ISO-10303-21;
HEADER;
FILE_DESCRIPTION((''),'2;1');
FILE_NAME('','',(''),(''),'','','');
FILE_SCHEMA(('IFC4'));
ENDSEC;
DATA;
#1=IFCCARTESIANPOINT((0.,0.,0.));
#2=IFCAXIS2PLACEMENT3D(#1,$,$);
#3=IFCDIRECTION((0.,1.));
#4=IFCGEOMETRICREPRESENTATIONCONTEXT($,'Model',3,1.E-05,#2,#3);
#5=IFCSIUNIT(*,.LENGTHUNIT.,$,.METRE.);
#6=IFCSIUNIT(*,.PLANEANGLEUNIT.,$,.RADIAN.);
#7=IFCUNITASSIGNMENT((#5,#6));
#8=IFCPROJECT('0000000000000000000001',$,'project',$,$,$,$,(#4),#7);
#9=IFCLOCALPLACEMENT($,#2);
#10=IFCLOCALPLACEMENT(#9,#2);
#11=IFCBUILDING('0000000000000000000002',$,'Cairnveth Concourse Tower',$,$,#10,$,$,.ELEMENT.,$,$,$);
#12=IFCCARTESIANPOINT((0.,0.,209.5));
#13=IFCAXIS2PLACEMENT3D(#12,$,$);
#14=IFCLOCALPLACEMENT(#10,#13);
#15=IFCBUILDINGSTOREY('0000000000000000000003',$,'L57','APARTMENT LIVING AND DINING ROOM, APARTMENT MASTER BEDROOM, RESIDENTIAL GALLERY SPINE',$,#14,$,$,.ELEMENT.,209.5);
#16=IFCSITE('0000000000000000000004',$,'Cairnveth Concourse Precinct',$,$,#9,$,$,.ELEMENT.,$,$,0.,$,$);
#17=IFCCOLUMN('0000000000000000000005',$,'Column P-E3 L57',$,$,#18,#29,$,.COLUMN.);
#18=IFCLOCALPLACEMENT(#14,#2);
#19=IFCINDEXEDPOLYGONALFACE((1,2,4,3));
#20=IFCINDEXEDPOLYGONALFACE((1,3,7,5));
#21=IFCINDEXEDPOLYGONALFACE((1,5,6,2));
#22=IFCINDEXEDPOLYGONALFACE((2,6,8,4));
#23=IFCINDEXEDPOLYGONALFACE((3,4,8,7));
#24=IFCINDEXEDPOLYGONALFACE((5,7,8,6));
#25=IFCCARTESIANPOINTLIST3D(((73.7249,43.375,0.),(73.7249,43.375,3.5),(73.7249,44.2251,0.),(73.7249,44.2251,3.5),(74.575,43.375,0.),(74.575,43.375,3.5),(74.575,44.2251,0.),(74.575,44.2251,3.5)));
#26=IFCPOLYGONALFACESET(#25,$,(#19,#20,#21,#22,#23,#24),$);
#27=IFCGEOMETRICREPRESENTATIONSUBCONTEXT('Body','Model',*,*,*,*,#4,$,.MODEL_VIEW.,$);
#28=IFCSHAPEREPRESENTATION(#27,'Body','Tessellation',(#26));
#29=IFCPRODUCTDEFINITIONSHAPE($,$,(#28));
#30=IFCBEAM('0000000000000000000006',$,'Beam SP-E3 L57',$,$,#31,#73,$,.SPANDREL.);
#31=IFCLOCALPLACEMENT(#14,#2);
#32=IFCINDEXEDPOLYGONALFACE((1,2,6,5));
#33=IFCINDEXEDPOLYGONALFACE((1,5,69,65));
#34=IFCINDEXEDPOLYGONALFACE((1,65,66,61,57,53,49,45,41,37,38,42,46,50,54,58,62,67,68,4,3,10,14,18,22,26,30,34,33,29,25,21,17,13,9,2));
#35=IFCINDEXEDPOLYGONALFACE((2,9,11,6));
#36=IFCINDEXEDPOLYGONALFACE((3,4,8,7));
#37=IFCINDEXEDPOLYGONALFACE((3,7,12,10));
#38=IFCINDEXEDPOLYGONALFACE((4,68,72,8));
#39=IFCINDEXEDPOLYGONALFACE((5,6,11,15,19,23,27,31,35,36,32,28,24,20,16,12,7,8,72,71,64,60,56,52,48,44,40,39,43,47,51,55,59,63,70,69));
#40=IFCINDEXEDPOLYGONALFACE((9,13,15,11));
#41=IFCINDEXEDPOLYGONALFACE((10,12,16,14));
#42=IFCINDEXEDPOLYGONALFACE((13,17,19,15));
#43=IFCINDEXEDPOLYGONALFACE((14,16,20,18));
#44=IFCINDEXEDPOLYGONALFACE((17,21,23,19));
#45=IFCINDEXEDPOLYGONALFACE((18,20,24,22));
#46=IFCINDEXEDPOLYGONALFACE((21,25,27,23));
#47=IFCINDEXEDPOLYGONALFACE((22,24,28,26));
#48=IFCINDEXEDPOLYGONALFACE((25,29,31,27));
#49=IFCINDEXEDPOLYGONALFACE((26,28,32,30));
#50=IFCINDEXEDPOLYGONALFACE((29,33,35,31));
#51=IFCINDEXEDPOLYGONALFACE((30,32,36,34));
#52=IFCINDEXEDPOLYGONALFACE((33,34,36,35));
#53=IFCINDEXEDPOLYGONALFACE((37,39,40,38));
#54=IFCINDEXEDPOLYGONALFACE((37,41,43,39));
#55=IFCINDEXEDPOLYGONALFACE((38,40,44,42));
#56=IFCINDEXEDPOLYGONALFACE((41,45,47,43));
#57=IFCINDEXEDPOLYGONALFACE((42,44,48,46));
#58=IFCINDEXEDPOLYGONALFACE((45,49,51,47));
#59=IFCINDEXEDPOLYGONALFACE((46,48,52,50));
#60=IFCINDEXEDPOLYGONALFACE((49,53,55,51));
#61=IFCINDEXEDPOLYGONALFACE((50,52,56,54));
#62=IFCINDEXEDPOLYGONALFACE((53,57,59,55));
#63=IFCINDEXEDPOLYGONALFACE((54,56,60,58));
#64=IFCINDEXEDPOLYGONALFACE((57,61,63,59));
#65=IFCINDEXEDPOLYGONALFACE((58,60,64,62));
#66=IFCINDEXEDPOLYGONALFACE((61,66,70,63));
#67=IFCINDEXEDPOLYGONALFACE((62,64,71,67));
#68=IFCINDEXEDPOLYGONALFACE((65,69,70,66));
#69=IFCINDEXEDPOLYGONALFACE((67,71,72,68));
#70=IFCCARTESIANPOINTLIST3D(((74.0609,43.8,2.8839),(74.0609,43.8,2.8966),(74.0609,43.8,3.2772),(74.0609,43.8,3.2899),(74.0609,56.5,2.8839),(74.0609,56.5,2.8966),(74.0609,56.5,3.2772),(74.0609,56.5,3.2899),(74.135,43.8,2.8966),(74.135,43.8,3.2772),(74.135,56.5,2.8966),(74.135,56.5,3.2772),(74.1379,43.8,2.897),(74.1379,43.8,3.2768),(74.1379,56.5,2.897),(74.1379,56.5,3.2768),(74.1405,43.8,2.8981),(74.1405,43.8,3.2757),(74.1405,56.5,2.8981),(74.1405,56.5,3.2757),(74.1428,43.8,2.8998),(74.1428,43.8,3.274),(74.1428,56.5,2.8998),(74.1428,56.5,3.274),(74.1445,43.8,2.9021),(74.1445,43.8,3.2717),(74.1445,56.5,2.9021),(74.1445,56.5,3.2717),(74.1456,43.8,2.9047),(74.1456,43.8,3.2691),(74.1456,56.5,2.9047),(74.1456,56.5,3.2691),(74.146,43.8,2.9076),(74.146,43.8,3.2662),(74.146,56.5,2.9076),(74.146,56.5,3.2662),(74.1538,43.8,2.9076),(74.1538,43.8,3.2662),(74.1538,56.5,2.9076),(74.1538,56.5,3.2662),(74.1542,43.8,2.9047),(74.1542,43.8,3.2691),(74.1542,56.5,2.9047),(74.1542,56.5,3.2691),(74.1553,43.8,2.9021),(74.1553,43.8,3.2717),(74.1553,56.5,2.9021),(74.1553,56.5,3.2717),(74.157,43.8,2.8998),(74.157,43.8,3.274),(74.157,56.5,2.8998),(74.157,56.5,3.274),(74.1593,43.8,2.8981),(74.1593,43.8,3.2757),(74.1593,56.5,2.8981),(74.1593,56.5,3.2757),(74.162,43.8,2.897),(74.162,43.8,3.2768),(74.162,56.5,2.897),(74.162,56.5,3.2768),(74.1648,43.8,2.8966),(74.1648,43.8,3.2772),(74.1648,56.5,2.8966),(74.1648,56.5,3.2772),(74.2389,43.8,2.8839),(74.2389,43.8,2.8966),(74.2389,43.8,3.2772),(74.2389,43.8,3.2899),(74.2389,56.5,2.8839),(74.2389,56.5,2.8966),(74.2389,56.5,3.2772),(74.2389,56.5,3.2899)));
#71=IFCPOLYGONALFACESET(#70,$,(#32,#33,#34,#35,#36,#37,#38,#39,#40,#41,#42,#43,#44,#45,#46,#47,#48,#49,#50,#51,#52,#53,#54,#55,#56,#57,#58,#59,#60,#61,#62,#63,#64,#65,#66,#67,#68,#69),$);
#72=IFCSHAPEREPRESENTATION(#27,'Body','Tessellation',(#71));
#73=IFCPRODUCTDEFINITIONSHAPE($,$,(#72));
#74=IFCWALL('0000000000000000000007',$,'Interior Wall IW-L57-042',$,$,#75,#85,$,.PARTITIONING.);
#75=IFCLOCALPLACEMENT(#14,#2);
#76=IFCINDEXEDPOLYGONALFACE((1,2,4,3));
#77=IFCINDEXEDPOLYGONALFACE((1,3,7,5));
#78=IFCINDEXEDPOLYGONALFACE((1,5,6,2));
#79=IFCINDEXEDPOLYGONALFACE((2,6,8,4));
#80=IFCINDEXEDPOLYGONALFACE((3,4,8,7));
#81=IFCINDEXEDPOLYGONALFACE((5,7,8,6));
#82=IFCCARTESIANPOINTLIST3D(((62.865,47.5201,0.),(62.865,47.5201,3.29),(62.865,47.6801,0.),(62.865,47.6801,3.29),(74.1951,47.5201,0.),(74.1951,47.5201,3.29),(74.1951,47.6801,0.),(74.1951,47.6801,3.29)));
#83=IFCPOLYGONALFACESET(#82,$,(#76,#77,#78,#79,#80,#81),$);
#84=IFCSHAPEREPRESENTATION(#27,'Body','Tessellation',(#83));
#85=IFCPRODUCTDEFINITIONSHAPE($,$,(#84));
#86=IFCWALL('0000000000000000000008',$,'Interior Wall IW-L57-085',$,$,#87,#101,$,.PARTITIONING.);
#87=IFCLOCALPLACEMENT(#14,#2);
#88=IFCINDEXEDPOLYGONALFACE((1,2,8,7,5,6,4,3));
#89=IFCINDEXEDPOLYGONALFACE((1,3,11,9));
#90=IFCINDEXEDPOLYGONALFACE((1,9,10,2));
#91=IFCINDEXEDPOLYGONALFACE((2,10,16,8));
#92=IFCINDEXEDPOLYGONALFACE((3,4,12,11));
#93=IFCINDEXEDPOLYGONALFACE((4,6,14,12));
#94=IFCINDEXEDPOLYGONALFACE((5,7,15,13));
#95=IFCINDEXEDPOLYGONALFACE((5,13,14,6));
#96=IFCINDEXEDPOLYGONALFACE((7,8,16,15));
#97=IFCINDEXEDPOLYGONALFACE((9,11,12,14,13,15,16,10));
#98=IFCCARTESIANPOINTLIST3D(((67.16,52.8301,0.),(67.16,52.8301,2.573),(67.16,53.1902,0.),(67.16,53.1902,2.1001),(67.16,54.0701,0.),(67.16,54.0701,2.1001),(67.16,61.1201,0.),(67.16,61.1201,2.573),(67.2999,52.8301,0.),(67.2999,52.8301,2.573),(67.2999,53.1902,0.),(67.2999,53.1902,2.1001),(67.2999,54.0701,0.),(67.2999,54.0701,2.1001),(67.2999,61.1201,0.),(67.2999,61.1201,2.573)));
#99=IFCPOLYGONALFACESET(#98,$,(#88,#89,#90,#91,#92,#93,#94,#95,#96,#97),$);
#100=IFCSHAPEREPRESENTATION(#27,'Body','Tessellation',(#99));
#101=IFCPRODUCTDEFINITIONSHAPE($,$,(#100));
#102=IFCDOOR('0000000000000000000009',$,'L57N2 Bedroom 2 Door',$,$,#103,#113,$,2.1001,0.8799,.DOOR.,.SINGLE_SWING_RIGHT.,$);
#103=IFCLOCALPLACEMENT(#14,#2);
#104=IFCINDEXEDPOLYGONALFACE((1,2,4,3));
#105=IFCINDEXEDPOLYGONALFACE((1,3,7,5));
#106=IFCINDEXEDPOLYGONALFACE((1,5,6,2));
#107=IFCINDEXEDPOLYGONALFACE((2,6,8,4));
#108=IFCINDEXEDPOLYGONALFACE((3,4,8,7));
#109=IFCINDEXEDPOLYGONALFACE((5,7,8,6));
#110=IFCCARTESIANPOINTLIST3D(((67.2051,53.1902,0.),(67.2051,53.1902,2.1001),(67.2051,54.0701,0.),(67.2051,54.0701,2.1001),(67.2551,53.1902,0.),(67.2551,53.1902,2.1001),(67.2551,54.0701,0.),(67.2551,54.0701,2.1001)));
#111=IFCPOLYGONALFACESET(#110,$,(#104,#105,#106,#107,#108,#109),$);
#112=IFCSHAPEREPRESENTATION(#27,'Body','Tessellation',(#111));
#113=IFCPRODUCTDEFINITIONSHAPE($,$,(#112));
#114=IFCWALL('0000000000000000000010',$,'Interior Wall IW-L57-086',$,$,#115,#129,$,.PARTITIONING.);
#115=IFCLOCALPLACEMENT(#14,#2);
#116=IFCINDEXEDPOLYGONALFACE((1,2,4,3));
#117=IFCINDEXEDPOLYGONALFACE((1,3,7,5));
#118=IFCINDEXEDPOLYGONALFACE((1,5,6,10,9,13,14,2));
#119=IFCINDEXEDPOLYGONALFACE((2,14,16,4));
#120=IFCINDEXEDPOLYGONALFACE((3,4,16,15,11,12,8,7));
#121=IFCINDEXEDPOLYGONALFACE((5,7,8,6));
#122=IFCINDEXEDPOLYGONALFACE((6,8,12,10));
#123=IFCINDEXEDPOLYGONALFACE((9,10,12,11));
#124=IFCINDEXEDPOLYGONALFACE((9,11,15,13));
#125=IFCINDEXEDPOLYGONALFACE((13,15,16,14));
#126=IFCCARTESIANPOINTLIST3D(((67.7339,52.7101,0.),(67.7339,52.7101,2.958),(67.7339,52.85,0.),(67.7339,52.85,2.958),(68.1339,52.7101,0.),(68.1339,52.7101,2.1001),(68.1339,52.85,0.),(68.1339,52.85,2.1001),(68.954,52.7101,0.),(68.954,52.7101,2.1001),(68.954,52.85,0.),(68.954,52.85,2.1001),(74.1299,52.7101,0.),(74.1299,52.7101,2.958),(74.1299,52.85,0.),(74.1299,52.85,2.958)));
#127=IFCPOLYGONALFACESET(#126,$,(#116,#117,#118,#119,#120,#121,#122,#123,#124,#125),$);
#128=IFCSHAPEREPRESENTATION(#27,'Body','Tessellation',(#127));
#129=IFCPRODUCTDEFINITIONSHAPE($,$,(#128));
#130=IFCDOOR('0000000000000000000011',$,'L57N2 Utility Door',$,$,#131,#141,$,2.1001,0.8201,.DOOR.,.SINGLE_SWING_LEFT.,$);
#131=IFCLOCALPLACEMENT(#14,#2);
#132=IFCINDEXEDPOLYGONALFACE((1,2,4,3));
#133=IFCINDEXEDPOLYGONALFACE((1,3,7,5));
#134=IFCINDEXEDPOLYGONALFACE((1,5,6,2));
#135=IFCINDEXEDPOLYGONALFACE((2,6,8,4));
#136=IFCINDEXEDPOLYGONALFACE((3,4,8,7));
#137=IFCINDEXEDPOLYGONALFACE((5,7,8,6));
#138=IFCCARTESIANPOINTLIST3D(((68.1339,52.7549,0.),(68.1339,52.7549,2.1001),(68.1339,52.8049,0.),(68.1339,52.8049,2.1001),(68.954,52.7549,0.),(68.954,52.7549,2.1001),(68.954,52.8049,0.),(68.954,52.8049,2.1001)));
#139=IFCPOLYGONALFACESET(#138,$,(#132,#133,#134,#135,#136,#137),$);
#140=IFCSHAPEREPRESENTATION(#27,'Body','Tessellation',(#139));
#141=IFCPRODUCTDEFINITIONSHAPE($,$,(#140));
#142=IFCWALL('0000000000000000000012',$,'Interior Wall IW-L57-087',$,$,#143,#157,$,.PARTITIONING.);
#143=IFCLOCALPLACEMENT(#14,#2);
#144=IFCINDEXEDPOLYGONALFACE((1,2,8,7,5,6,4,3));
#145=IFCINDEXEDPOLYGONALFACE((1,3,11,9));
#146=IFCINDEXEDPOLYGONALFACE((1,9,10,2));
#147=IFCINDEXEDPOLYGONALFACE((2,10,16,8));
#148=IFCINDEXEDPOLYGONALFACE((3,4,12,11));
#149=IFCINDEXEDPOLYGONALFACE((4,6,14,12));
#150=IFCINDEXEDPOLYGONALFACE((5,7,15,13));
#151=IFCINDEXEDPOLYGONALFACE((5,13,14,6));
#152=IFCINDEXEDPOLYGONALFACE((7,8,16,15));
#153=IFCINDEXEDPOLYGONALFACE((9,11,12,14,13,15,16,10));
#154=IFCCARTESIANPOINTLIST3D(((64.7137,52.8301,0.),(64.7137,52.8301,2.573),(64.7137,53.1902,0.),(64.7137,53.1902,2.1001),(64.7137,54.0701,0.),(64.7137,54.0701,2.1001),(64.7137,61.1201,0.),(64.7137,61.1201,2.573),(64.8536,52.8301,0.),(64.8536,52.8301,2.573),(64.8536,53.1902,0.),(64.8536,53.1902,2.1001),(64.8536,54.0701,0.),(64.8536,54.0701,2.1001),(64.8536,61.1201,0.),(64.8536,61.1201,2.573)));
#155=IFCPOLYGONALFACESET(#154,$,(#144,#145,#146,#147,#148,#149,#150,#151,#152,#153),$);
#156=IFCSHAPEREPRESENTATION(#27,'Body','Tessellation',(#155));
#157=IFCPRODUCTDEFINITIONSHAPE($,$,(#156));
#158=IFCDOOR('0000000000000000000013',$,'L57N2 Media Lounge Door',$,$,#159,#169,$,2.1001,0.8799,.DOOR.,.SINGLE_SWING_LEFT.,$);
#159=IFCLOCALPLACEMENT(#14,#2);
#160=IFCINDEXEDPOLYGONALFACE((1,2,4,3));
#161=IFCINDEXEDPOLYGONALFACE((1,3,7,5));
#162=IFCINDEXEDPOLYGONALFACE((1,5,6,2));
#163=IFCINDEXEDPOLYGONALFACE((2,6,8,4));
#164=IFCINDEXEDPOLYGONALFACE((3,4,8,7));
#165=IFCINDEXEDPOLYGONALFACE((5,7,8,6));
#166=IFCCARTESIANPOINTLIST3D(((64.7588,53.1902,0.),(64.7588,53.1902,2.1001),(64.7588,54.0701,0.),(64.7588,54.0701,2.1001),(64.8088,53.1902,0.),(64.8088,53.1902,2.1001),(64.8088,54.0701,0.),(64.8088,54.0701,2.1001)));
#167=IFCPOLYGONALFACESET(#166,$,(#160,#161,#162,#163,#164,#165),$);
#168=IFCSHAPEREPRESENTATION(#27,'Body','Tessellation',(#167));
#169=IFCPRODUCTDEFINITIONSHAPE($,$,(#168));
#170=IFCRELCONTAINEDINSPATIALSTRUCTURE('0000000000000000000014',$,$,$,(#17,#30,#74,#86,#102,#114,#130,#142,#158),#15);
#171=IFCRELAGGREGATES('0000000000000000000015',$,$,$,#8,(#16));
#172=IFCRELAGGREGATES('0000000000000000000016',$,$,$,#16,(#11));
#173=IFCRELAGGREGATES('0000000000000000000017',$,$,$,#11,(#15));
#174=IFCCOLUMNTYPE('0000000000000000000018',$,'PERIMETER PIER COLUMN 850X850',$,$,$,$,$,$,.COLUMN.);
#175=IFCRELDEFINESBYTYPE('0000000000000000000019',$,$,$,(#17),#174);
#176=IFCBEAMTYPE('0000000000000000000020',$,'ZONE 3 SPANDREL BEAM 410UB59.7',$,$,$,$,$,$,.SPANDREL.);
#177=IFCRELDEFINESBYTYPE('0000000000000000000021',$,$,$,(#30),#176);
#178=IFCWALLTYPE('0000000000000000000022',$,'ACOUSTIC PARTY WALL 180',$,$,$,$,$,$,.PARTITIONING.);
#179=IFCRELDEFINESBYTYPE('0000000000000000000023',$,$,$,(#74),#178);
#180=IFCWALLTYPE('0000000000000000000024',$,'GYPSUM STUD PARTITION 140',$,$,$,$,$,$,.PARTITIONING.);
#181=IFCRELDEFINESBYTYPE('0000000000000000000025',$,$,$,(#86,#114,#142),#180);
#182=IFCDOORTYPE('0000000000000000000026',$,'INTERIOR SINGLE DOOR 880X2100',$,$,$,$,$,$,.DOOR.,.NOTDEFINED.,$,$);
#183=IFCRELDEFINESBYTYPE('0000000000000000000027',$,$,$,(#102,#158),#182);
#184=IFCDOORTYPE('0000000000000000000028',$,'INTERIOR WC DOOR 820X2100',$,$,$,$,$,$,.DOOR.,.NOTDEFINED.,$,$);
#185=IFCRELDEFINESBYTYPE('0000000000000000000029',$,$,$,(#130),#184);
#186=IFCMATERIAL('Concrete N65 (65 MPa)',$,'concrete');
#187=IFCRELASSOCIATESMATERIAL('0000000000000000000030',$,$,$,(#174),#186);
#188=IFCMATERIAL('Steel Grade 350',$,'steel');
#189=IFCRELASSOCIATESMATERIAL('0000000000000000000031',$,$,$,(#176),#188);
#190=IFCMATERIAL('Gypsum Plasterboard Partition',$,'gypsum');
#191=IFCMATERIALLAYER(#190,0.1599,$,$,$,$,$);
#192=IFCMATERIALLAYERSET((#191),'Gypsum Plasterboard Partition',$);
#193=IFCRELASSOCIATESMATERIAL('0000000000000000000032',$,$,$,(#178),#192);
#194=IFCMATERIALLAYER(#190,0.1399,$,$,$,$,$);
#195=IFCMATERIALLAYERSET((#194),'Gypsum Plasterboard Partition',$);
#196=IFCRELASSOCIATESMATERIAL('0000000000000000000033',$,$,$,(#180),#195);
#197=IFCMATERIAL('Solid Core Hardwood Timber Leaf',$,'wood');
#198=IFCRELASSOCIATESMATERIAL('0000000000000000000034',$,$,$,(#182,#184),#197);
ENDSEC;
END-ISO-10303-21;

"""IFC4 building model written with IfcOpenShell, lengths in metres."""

from ifc_helpers import new_model, si_unit, direction, frame, frame_2d, origin, origin_2d, place, context, subcontext, project, spatial, rectangle, i_section, extrude, material, layer, layer_set, material_profile, profile_set, type_object, element, fill, save


model = new_model("IFC4")

# Units and contexts
model_context = context("Model", 3, precision=1e-05, world=origin(), true_north=direction((0.0, 1.0)))
body_context = subcontext(model_context, "Body", "Model", "MODEL_VIEW")
ifc_project = project(units=[si_unit("LENGTHUNIT", "METRE"), si_unit("PLANEANGLEUNIT", "RADIAN")], contexts=[model_context])

# Site, building, storey
site_placement = place(None, origin())
site = spatial("IfcSite", under=ifc_project, at=site_placement, Name="Cairnveth Concourse Precinct", CompositionType="ELEMENT", RefElevation=0.0)
building_placement = place(site_placement, origin())
building = spatial("IfcBuilding", under=site, at=building_placement, Name="Cairnveth Concourse Tower", CompositionType="ELEMENT")
storey_placement = place(building_placement, frame((0.0, 0.0, 209.5)))
storey = spatial("IfcBuildingStorey", under=building, at=storey_placement, Name="L57", Description="APARTMENT LIVING AND DINING ROOM, APARTMENT MASTER BEDROOM, RESIDENTIAL GALLERY SPINE", CompositionType="ELEMENT", Elevation=209.5)

# Column
ifc_material_1 = material(Name="Concrete N65 (65 MPa)", Category="concrete")
ifc_material_profile_1 = material_profile(ifc_material_1, rectangle(XDim=0.8501, YDim=0.8501, at=origin_2d()), Name="RC-COL-850x850")
ifc_profile_set_1 = profile_set([ifc_material_profile_1], Name="Concrete N65 (65 MPa)")
column_type = type_object("IfcColumnType", Name="PERIMETER PIER COLUMN 850X850", PredefinedType="COLUMN", material=ifc_profile_set_1)
column_placement = place(storey_placement, frame((74.1499, 43.8, 0.0), z_axis=(0.0, 0.0, 1.0), x_axis=(0.0, 1.0, 0.0)))
element("IfcColumn", 1, at=column_placement, inside=storey, type_object=column_type, Name="Column P-E3 L57", PredefinedType="COLUMN", context=body_context, shape_type="SweptSolid", body=[
    extrude(rectangle(XDim=0.8501, YDim=0.8501, at=origin_2d()), origin(), (0.0, 0.0, 1.0), 3.5),
])

# Beam
ifc_material_2 = material(Name="Steel Grade 350", Category="steel")
ifc_material_profile_2 = material_profile(ifc_material_2, i_section(OverallWidth=0.178, OverallDepth=0.406, WebThickness=0.0078, FlangeThickness=0.0127, FilletRadius=0.011, at=origin_2d()), Name="410UB59.7")
ifc_profile_set_2 = profile_set([ifc_material_profile_2], Name="Steel Grade 350")
beam_type = type_object("IfcBeamType", Name="ZONE 3 SPANDREL BEAM 410UB59.7", PredefinedType="SPANDREL", material=ifc_profile_set_2)
beam_placement = place(storey_placement, frame((74.1499, 43.8, 3.0869), z_axis=(0.0, 1.0, 0.0), x_axis=(-1.0, 0.0, 0.0)))
element("IfcBeam", 2, at=beam_placement, inside=storey, type_object=beam_type, Name="Beam SP-E3 L57", PredefinedType="SPANDREL", context=body_context, shape_type="SweptSolid", body=[
    extrude(i_section(OverallWidth=0.178, OverallDepth=0.406, WebThickness=0.0078, FlangeThickness=0.0127, FilletRadius=0.011, at=origin_2d()), origin(), (0.0, 0.0, 1.0), 12.7),
])

# Wall
ifc_material_3 = material(Name="Gypsum Plasterboard Partition", Category="gypsum")
ifc_layer_1 = layer(ifc_material_3, 0.1599)
ifc_layer_set_1 = layer_set([ifc_layer_1], Name="Gypsum Plasterboard Partition")
wall_type_1 = type_object("IfcWallType", Name="ACOUSTIC PARTY WALL 180", PredefinedType="PARTITIONING", material=ifc_layer_set_1)
wall_1_placement = place(storey_placement, frame((62.865, 47.6001, 0.0), z_axis=(0.0, 0.0, 1.0), x_axis=(1.0, 0.0, 0.0)))
element("IfcWall", 3, at=wall_1_placement, inside=storey, type_object=wall_type_1, Name="Interior Wall IW-L57-042", PredefinedType="PARTITIONING", context=body_context, shape_type="SweptSolid", body=[
    extrude(rectangle(XDim=11.3301, YDim=0.1599, at=frame_2d((5.665, 0.0))), origin(), (0.0, 0.0, 1.0), 3.29),
])

# Walls, openings, doors
ifc_layer_2 = layer(ifc_material_3, 0.1399)
ifc_layer_set_2 = layer_set([ifc_layer_2], Name="Gypsum Plasterboard Partition")
wall_type_2 = type_object("IfcWallType", Name="GYPSUM STUD PARTITION 140", PredefinedType="PARTITIONING", material=ifc_layer_set_2)
wall_2_placement = place(storey_placement, frame((67.23, 52.8301, 0.0), z_axis=(0.0, 0.0, 1.0), x_axis=(0.0, 1.0, 0.0)))
wall_2 = element("IfcWall", 4, at=wall_2_placement, inside=storey, type_object=wall_type_2, Name="Interior Wall IW-L57-085", PredefinedType="PARTITIONING", context=body_context, shape_type="SweptSolid", body=[
    extrude(rectangle(XDim=8.29, YDim=0.1399, at=frame_2d((4.145, 0.0))), origin(), (0.0, 0.0, 1.0), 2.573),
])
opening_1_placement = place(wall_2_placement, frame((0.3601, 0.0, 0.0)))
opening_1 = element("IfcOpeningElement", 5, at=opening_1_placement, cuts=wall_2, PredefinedType="OPENING", context=body_context, shape_type="SweptSolid", body=[
    extrude(rectangle(XDim=0.8799, YDim=2.1001, at=frame_2d((0.4399, 1.05))), frame((0.0, 0.0798, 0.0), z_axis=(0.0, -1.0, 0.0), x_axis=(1.0, 0.0, 0.0)), (0.0, 0.0, 1.0), 0.1599),
])
ifc_material_4 = material(Name="Solid Core Hardwood Timber Leaf", Category="wood")
door_type_1 = type_object("IfcDoorType", Name="INTERIOR SINGLE DOOR 880X2100", OperationType="NOTDEFINED", PredefinedType="DOOR", material=ifc_material_4)
door_1_placement = place(opening_1_placement, origin())
door_1 = element("IfcDoor", 6, at=door_1_placement, inside=storey, type_object=door_type_1, Name="L57N2 Bedroom 2 Door", OperationType="SINGLE_SWING_RIGHT", OverallHeight=2.1001, OverallWidth=0.8799, PredefinedType="DOOR", context=body_context, shape_type="SweptSolid", body=[
    extrude(rectangle(XDim=0.8799, YDim=2.1001, at=frame_2d((0.4399, 1.05))), frame((0.0, 0.0249, 0.0), z_axis=(0.0, -1.0, 0.0), x_axis=(1.0, 0.0, 0.0)), (0.0, 0.0, 1.0), 0.05),
])
fill(opening_1, door_1)
wall_3_placement = place(storey_placement, frame((67.7339, 52.78, 0.0), z_axis=(0.0, 0.0, 1.0), x_axis=(1.0, 0.0, 0.0)))
wall_3 = element("IfcWall", 7, at=wall_3_placement, inside=storey, type_object=wall_type_2, Name="Interior Wall IW-L57-086", PredefinedType="PARTITIONING", context=body_context, shape_type="SweptSolid", body=[
    extrude(rectangle(XDim=6.396, YDim=0.1399, at=frame_2d((3.198, 0.0))), origin(), (0.0, 0.0, 1.0), 2.958),
])
opening_2_placement = place(wall_3_placement, frame((0.3999, 0.0, 0.0)))
opening_2 = element("IfcOpeningElement", 8, at=opening_2_placement, cuts=wall_3, PredefinedType="OPENING", context=body_context, shape_type="SweptSolid", body=[
    extrude(rectangle(XDim=0.8201, YDim=2.1001, at=frame_2d((0.4102, 1.05))), frame((0.0, 0.0798, 0.0), z_axis=(0.0, -1.0, 0.0), x_axis=(1.0, 0.0, 0.0)), (0.0, 0.0, 1.0), 0.1599),
])
door_type_2 = type_object("IfcDoorType", Name="INTERIOR WC DOOR 820X2100", OperationType="NOTDEFINED", PredefinedType="DOOR", material=ifc_material_4)
door_2_placement = place(opening_2_placement, origin())
door_2 = element("IfcDoor", 9, at=door_2_placement, inside=storey, type_object=door_type_2, Name="L57N2 Utility Door", OperationType="SINGLE_SWING_LEFT", OverallHeight=2.1001, OverallWidth=0.8201, PredefinedType="DOOR", context=body_context, shape_type="SweptSolid", body=[
    extrude(rectangle(XDim=0.8201, YDim=2.1001, at=frame_2d((0.4102, 1.05))), frame((0.0, 0.0249, 0.0), z_axis=(0.0, -1.0, 0.0), x_axis=(1.0, 0.0, 0.0)), (0.0, 0.0, 1.0), 0.05),
])
fill(opening_2, door_2)
wall_4_placement = place(storey_placement, frame((64.7837, 52.8301, 0.0), z_axis=(0.0, 0.0, 1.0), x_axis=(0.0, 1.0, 0.0)))
wall_4 = element("IfcWall", 10, at=wall_4_placement, inside=storey, type_object=wall_type_2, Name="Interior Wall IW-L57-087", PredefinedType="PARTITIONING", context=body_context, shape_type="SweptSolid", body=[
    extrude(rectangle(XDim=8.29, YDim=0.1399, at=frame_2d((4.145, 0.0))), origin(), (0.0, 0.0, 1.0), 2.573),
])
opening_3_placement = place(wall_4_placement, frame((0.3601, 0.0, 0.0)))
opening_3 = element("IfcOpeningElement", 11, at=opening_3_placement, cuts=wall_4, PredefinedType="OPENING", context=body_context, shape_type="SweptSolid", body=[
    extrude(rectangle(XDim=0.8799, YDim=2.1001, at=frame_2d((0.4399, 1.05))), frame((0.0, 0.0798, 0.0), z_axis=(0.0, -1.0, 0.0), x_axis=(1.0, 0.0, 0.0)), (0.0, 0.0, 1.0), 0.1599),
])
door_3_placement = place(opening_3_placement, origin())
door_3 = element("IfcDoor", 12, at=door_3_placement, inside=storey, type_object=door_type_1, Name="L57N2 Media Lounge Door", OperationType="SINGLE_SWING_LEFT", OverallHeight=2.1001, OverallWidth=0.8799, PredefinedType="DOOR", context=body_context, shape_type="SweptSolid", body=[
    extrude(rectangle(XDim=0.8799, YDim=2.1001, at=frame_2d((0.4399, 1.05))), frame((0.0, 0.0249, 0.0), z_axis=(0.0, -1.0, 0.0), x_axis=(1.0, 0.0, 0.0)), (0.0, 0.0, 1.0), 0.05),
])
fill(opening_3, door_3)

save(model, "model.ifc")
